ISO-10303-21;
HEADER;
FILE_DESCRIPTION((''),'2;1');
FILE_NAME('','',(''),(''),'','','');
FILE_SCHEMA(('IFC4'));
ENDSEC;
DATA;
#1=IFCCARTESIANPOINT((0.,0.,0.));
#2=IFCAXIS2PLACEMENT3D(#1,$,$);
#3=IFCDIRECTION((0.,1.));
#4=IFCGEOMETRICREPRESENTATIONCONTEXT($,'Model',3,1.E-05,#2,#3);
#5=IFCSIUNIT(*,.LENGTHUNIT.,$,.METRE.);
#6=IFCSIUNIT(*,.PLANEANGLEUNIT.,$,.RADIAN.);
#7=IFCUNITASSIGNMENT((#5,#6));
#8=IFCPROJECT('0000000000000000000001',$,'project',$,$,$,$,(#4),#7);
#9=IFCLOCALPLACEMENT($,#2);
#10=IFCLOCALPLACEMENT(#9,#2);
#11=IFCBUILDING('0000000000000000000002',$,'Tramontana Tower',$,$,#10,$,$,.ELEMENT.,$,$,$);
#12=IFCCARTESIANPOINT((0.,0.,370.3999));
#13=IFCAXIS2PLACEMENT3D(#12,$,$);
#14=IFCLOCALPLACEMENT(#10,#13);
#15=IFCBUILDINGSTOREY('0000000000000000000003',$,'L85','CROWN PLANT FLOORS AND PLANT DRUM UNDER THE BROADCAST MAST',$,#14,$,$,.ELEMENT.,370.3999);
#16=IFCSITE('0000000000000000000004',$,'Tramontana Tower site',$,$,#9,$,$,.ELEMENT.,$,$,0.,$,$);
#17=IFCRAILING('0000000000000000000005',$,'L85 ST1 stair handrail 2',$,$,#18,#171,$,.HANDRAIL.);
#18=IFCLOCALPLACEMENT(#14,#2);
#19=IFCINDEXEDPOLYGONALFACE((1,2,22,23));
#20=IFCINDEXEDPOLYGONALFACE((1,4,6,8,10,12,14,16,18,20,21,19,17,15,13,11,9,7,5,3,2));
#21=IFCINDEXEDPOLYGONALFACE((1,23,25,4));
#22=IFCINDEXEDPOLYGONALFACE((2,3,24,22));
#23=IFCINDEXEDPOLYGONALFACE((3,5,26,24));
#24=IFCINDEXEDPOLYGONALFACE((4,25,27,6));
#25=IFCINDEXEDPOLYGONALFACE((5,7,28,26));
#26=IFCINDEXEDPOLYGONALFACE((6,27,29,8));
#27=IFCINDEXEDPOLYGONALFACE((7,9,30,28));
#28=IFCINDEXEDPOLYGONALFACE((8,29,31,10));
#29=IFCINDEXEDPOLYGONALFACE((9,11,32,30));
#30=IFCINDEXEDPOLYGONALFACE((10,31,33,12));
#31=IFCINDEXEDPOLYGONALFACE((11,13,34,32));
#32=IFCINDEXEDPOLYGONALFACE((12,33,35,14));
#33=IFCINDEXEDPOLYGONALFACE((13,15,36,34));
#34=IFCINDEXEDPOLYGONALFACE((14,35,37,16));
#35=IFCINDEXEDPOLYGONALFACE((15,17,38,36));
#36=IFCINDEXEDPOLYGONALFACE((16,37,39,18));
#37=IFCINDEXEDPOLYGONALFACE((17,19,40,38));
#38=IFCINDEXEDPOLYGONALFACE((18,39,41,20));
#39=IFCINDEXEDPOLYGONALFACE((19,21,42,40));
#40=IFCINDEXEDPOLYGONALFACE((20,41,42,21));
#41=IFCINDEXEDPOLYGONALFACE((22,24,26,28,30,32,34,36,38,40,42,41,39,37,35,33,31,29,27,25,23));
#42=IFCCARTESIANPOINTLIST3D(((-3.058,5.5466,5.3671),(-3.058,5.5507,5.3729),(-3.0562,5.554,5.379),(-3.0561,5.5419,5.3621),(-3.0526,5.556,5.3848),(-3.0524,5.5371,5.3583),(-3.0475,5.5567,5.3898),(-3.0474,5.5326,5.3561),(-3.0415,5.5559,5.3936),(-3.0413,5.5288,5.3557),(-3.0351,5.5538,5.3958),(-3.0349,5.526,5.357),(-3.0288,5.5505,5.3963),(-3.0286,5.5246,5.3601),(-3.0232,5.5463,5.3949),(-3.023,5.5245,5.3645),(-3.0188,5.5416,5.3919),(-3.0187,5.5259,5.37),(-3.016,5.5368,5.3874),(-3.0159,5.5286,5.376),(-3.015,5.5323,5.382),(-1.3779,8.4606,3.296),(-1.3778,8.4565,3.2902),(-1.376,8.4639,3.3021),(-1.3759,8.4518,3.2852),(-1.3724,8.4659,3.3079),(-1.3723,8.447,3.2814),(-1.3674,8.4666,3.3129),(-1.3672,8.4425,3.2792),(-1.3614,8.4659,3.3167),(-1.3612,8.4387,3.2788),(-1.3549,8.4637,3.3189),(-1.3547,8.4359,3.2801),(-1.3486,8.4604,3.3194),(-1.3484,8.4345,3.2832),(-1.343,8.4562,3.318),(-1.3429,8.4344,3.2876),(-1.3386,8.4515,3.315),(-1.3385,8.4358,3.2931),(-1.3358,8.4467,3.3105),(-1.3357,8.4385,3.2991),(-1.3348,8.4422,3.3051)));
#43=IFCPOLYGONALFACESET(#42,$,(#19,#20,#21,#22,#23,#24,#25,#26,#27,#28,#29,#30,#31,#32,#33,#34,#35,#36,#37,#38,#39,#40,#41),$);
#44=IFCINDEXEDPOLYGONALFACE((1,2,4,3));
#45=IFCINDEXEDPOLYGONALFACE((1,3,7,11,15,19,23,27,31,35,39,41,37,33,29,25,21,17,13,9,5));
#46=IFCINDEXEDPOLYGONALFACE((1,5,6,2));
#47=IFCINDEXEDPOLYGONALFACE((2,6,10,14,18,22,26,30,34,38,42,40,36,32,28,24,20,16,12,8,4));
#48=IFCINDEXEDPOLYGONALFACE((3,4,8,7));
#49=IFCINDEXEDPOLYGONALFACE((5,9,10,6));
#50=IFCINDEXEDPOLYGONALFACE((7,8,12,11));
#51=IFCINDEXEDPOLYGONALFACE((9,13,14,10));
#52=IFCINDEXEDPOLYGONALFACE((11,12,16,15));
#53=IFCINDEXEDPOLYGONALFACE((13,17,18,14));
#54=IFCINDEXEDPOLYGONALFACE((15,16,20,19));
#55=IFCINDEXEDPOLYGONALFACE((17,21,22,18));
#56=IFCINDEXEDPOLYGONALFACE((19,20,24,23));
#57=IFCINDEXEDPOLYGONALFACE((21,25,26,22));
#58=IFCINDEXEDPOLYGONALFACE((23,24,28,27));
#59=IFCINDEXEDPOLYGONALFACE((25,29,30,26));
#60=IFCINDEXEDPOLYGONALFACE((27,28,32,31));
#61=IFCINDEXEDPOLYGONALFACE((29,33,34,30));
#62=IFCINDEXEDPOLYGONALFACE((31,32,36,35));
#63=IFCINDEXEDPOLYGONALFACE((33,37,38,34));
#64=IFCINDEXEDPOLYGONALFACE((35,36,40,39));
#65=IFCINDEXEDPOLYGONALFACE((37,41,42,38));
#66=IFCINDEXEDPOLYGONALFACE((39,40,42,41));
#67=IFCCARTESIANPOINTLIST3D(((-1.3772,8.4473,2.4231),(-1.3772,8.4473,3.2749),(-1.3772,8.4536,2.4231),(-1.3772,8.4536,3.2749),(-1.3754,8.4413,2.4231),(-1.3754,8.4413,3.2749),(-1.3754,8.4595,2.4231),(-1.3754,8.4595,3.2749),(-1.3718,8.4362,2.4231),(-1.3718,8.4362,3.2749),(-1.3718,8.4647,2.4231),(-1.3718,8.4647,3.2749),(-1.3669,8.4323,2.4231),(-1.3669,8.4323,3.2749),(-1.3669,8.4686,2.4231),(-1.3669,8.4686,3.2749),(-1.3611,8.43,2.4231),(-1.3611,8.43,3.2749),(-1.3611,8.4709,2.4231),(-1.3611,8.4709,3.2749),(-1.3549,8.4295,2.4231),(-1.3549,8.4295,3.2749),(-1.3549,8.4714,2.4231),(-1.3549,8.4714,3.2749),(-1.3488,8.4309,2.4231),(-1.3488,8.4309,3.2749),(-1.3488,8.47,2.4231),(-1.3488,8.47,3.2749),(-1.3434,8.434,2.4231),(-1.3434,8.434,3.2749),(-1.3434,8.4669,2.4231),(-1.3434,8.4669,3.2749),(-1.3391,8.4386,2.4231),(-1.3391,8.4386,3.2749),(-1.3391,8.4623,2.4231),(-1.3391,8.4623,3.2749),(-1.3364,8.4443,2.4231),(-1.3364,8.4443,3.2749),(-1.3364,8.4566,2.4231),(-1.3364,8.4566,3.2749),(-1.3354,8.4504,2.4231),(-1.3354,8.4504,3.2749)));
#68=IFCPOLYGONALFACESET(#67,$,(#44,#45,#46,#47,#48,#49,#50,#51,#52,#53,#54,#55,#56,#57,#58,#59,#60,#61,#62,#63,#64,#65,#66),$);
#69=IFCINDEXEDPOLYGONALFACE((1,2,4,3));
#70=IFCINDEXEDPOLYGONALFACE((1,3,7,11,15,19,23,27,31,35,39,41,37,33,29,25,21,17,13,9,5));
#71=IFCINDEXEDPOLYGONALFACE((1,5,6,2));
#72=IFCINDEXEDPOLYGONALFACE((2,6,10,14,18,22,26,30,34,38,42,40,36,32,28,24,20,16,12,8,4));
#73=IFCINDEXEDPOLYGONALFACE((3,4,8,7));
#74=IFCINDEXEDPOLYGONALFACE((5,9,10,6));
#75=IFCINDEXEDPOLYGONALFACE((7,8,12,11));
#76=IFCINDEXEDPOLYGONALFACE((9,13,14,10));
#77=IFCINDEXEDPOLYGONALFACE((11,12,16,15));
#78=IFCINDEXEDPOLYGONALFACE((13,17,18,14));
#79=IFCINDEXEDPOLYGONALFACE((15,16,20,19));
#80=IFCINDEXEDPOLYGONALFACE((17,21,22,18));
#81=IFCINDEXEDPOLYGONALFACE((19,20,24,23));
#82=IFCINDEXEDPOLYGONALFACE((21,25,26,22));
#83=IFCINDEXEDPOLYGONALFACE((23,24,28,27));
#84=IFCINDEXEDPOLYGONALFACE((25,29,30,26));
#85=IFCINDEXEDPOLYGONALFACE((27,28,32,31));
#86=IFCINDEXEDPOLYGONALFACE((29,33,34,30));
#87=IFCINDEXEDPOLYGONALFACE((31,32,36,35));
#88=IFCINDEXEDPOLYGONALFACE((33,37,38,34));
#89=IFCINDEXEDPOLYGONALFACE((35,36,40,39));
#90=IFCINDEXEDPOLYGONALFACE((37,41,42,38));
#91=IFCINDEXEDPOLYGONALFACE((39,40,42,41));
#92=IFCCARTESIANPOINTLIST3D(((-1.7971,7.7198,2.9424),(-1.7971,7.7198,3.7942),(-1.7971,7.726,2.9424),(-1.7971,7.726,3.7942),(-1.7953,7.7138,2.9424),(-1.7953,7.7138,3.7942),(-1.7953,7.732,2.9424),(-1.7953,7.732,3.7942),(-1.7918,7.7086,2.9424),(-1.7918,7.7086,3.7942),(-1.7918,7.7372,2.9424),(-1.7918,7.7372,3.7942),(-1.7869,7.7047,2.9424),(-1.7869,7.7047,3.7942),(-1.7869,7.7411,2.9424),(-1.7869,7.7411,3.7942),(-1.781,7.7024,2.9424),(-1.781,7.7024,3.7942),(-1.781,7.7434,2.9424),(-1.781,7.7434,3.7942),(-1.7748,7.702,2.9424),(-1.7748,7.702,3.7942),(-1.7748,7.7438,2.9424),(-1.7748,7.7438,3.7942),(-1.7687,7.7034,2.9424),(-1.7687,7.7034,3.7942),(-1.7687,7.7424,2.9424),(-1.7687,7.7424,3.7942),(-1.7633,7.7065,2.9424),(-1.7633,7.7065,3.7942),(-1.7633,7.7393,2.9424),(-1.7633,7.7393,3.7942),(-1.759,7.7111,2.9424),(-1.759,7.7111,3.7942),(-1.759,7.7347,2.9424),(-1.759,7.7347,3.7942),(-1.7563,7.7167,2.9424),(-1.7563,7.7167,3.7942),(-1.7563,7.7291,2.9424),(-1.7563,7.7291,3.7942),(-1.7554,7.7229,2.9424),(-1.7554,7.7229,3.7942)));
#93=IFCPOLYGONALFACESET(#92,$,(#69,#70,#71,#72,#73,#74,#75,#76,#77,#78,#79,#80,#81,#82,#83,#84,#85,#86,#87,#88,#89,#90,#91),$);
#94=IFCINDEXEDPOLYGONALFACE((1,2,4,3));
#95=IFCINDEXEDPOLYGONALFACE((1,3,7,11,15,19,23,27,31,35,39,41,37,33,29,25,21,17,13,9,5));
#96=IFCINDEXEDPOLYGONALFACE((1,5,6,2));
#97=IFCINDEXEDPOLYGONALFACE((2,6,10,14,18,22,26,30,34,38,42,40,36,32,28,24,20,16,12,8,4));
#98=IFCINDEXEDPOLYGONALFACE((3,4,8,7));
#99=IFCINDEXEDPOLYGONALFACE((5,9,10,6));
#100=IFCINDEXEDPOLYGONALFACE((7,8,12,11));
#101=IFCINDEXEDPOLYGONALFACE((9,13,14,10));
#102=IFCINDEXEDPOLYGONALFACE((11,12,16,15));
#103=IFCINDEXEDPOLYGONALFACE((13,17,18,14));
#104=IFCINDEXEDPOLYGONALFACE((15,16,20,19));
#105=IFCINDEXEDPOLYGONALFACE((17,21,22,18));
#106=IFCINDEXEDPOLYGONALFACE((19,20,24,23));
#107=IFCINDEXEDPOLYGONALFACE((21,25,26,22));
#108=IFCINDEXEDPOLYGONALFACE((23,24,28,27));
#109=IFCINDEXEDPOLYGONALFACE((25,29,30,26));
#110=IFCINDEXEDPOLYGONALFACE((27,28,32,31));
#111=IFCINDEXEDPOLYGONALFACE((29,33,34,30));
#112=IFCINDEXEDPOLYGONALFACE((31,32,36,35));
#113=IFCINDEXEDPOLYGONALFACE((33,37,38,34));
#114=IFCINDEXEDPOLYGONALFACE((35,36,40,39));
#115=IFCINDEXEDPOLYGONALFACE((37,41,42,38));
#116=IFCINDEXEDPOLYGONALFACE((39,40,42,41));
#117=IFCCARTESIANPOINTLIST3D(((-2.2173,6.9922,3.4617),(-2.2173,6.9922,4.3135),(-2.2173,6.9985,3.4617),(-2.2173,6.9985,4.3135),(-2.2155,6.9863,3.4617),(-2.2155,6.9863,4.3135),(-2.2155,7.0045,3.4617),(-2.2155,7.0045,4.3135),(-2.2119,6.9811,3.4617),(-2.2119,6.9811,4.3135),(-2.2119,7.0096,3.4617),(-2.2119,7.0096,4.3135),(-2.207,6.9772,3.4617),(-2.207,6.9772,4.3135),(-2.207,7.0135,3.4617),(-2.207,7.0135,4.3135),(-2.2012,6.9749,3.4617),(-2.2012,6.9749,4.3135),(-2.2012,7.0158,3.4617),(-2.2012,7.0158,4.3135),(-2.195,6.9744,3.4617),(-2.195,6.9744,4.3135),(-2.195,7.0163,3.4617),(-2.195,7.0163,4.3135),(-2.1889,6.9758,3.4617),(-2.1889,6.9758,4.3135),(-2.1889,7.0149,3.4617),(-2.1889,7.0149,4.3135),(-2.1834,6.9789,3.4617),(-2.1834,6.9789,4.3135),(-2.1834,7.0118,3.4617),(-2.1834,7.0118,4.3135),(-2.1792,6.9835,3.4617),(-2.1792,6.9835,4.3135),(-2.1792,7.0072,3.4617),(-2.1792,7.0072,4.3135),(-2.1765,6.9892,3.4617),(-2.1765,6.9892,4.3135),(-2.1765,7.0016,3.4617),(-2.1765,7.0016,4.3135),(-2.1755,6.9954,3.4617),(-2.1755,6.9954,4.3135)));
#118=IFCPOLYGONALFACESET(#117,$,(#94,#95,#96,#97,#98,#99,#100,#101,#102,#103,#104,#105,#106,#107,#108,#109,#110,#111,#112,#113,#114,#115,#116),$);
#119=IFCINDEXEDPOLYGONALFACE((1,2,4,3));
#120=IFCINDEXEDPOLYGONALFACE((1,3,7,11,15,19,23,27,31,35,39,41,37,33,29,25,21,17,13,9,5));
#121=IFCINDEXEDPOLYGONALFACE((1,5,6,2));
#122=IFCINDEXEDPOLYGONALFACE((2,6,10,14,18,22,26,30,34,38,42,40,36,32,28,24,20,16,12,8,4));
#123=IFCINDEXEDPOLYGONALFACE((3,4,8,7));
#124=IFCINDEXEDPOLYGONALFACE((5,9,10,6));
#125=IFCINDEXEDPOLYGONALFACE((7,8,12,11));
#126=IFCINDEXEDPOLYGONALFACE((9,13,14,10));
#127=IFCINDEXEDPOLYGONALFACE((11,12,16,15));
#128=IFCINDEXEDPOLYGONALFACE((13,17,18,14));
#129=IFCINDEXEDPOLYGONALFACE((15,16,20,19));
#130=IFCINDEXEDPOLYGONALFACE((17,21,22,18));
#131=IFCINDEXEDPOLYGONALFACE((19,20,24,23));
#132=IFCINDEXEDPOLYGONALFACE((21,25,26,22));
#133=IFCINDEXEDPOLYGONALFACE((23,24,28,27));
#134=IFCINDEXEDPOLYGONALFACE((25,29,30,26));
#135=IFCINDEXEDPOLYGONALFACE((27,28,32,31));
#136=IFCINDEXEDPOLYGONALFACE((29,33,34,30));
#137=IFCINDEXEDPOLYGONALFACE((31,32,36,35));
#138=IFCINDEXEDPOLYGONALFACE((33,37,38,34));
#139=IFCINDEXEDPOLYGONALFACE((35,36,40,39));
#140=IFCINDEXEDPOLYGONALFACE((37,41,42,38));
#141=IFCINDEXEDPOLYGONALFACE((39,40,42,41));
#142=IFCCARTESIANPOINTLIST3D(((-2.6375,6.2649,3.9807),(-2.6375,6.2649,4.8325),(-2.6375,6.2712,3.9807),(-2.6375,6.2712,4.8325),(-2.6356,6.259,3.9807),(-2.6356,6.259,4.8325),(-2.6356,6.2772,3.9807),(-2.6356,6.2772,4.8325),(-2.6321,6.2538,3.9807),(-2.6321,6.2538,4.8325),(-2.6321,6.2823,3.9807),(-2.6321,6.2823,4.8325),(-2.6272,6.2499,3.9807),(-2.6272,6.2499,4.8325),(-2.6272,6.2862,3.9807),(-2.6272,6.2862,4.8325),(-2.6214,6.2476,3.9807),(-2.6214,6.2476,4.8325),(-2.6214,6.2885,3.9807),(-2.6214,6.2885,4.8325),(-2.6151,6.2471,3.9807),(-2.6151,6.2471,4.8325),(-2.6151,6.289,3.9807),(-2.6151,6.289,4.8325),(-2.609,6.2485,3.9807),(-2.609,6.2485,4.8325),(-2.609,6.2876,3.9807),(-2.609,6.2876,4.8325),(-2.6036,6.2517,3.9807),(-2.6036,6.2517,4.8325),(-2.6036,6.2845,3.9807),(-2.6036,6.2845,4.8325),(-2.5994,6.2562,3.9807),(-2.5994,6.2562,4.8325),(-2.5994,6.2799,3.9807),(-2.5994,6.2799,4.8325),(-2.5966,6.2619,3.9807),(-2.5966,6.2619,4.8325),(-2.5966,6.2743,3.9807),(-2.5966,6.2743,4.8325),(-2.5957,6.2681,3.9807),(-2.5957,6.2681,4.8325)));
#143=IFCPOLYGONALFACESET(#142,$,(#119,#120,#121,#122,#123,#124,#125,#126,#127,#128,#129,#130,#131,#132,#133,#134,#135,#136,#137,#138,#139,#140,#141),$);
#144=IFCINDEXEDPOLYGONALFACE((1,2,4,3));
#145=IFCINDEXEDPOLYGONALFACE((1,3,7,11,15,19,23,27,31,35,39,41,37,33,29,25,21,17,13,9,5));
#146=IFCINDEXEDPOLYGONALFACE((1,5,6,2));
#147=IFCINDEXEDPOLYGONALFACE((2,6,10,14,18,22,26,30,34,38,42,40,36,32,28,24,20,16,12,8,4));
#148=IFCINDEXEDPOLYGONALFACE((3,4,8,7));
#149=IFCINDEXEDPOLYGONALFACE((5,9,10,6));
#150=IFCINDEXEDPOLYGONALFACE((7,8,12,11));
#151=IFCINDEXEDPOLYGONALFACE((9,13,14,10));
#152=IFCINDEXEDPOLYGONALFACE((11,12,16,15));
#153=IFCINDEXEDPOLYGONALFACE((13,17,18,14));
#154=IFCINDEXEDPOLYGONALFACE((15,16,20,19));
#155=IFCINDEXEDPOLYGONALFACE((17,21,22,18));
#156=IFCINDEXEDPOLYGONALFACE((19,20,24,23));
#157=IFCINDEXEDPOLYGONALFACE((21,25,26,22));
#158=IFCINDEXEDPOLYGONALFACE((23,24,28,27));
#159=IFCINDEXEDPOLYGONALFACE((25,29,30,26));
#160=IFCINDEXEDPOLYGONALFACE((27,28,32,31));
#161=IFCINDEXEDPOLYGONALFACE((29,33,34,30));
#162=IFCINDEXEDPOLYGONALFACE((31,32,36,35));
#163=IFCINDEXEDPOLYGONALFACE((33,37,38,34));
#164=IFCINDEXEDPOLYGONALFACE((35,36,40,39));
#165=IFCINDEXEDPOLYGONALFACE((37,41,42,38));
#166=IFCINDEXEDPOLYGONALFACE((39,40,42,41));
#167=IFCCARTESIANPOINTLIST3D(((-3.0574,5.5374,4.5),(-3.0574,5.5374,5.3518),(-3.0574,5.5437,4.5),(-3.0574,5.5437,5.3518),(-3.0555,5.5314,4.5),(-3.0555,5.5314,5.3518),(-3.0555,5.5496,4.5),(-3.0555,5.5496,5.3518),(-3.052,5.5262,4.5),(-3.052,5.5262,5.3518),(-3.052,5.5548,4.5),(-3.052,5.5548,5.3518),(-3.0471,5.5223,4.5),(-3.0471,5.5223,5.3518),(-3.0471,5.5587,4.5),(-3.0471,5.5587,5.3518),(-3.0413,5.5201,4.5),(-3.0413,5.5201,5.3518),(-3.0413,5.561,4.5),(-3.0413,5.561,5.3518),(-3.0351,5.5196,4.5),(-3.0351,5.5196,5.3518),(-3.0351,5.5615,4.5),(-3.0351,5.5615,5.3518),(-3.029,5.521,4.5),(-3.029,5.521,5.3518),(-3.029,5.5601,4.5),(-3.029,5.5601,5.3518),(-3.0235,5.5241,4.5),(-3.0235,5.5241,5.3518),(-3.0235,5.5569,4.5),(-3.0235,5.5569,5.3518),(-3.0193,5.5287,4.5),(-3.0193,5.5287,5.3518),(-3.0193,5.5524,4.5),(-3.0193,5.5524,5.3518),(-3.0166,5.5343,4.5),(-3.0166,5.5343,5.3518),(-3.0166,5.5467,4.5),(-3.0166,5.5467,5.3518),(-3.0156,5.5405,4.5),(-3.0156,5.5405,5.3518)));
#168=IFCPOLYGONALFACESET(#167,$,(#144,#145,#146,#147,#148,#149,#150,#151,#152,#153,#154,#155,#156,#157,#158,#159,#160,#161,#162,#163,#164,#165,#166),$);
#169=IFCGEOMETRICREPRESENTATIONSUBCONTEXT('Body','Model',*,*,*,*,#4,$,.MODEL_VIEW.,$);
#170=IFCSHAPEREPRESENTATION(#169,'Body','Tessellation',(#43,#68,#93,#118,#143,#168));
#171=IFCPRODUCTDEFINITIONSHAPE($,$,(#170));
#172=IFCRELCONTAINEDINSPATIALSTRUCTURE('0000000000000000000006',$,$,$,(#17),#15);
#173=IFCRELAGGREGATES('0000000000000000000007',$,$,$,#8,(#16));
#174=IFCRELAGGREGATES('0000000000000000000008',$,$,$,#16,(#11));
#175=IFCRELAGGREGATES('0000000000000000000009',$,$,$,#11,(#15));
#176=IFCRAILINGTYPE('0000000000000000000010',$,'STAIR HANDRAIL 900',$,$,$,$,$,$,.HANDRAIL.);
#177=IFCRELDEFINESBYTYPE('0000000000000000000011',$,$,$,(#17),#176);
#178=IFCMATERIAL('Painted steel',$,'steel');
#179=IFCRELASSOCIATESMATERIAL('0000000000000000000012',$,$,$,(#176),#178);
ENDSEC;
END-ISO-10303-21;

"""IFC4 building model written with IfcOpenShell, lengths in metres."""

from ifc_helpers import new_model, si_unit, direction, frame, origin, origin_2d, place, context, subcontext, project, spatial, circle, extrude, material, type_object, element, save


model = new_model("IFC4")

# Units and contexts
model_context = context("Model", 3, precision=1e-05, world=origin(), true_north=direction((0.0, 1.0)))
body_context = subcontext(model_context, "Body", "Model", "MODEL_VIEW")
ifc_project = project(units=[si_unit("LENGTHUNIT", "METRE"), si_unit("PLANEANGLEUNIT", "RADIAN")], contexts=[model_context])

# Site, building, storey
site_placement = place(None, origin())
site = spatial("IfcSite", under=ifc_project, at=site_placement, Name="Tramontana Tower site", CompositionType="ELEMENT", RefElevation=0.0)
building_placement = place(site_placement, origin())
building = spatial("IfcBuilding", under=site, at=building_placement, Name="Tramontana Tower", CompositionType="ELEMENT")
storey_placement = place(building_placement, frame((0.0, 0.0, 370.3999)))
storey = spatial("IfcBuildingStorey", under=building, at=storey_placement, Name="L85", Description="CROWN PLANT FLOORS AND PLANT DRUM UNDER THE BROADCAST MAST", CompositionType="ELEMENT", Elevation=370.3999)

# Railing
ifc_material_1 = material(Name="Painted steel", Category="steel")
railing_type_1 = type_object("IfcRailingType", Name="STAIR HANDRAIL 900", PredefinedType="HANDRAIL", material=ifc_material_1)
railing_1_placement = place(storey_placement, frame((-1.3564, 8.4504, 2.4231)))
element("IfcRailing", 1, at=railing_1_placement, inside=storey, type_object=railing_type_1, Name="L85 ST1 stair handrail 2", PredefinedType="HANDRAIL", context=body_context, shape_type="SweptSolid", body=[
    extrude(circle(Radius=0.0239, at=origin_2d()), frame((0.0, 0.0, 0.876), z_axis=(-0.425339, -0.736649, 0.525771), x_axis=(0.866008, -0.500031, 0.0)), (0.0, 0.0, 1.0), 3.9502),
    extrude(circle(Radius=0.021, at=origin_2d()), origin(), (0.0, 0.0, 1.0), 0.8518),
    extrude(circle(Radius=0.021, at=origin_2d()), frame((-0.4199, -0.7275, 0.5193)), (0.0, 0.0, 1.0), 0.8518),
    extrude(circle(Radius=0.021, at=origin_2d()), frame((-0.8401, -1.4551, 1.0386)), (0.0, 0.0, 1.0), 0.8518),
    extrude(circle(Radius=0.021, at=origin_2d()), frame((-1.2603, -2.1824, 1.5576)), (0.0, 0.0, 1.0), 0.8518),
    extrude(circle(Radius=0.021, at=origin_2d()), frame((-1.6802, -2.9099, 2.0769)), (0.0, 0.0, 1.0), 0.8518),
])

save(model, "model.ifc")
